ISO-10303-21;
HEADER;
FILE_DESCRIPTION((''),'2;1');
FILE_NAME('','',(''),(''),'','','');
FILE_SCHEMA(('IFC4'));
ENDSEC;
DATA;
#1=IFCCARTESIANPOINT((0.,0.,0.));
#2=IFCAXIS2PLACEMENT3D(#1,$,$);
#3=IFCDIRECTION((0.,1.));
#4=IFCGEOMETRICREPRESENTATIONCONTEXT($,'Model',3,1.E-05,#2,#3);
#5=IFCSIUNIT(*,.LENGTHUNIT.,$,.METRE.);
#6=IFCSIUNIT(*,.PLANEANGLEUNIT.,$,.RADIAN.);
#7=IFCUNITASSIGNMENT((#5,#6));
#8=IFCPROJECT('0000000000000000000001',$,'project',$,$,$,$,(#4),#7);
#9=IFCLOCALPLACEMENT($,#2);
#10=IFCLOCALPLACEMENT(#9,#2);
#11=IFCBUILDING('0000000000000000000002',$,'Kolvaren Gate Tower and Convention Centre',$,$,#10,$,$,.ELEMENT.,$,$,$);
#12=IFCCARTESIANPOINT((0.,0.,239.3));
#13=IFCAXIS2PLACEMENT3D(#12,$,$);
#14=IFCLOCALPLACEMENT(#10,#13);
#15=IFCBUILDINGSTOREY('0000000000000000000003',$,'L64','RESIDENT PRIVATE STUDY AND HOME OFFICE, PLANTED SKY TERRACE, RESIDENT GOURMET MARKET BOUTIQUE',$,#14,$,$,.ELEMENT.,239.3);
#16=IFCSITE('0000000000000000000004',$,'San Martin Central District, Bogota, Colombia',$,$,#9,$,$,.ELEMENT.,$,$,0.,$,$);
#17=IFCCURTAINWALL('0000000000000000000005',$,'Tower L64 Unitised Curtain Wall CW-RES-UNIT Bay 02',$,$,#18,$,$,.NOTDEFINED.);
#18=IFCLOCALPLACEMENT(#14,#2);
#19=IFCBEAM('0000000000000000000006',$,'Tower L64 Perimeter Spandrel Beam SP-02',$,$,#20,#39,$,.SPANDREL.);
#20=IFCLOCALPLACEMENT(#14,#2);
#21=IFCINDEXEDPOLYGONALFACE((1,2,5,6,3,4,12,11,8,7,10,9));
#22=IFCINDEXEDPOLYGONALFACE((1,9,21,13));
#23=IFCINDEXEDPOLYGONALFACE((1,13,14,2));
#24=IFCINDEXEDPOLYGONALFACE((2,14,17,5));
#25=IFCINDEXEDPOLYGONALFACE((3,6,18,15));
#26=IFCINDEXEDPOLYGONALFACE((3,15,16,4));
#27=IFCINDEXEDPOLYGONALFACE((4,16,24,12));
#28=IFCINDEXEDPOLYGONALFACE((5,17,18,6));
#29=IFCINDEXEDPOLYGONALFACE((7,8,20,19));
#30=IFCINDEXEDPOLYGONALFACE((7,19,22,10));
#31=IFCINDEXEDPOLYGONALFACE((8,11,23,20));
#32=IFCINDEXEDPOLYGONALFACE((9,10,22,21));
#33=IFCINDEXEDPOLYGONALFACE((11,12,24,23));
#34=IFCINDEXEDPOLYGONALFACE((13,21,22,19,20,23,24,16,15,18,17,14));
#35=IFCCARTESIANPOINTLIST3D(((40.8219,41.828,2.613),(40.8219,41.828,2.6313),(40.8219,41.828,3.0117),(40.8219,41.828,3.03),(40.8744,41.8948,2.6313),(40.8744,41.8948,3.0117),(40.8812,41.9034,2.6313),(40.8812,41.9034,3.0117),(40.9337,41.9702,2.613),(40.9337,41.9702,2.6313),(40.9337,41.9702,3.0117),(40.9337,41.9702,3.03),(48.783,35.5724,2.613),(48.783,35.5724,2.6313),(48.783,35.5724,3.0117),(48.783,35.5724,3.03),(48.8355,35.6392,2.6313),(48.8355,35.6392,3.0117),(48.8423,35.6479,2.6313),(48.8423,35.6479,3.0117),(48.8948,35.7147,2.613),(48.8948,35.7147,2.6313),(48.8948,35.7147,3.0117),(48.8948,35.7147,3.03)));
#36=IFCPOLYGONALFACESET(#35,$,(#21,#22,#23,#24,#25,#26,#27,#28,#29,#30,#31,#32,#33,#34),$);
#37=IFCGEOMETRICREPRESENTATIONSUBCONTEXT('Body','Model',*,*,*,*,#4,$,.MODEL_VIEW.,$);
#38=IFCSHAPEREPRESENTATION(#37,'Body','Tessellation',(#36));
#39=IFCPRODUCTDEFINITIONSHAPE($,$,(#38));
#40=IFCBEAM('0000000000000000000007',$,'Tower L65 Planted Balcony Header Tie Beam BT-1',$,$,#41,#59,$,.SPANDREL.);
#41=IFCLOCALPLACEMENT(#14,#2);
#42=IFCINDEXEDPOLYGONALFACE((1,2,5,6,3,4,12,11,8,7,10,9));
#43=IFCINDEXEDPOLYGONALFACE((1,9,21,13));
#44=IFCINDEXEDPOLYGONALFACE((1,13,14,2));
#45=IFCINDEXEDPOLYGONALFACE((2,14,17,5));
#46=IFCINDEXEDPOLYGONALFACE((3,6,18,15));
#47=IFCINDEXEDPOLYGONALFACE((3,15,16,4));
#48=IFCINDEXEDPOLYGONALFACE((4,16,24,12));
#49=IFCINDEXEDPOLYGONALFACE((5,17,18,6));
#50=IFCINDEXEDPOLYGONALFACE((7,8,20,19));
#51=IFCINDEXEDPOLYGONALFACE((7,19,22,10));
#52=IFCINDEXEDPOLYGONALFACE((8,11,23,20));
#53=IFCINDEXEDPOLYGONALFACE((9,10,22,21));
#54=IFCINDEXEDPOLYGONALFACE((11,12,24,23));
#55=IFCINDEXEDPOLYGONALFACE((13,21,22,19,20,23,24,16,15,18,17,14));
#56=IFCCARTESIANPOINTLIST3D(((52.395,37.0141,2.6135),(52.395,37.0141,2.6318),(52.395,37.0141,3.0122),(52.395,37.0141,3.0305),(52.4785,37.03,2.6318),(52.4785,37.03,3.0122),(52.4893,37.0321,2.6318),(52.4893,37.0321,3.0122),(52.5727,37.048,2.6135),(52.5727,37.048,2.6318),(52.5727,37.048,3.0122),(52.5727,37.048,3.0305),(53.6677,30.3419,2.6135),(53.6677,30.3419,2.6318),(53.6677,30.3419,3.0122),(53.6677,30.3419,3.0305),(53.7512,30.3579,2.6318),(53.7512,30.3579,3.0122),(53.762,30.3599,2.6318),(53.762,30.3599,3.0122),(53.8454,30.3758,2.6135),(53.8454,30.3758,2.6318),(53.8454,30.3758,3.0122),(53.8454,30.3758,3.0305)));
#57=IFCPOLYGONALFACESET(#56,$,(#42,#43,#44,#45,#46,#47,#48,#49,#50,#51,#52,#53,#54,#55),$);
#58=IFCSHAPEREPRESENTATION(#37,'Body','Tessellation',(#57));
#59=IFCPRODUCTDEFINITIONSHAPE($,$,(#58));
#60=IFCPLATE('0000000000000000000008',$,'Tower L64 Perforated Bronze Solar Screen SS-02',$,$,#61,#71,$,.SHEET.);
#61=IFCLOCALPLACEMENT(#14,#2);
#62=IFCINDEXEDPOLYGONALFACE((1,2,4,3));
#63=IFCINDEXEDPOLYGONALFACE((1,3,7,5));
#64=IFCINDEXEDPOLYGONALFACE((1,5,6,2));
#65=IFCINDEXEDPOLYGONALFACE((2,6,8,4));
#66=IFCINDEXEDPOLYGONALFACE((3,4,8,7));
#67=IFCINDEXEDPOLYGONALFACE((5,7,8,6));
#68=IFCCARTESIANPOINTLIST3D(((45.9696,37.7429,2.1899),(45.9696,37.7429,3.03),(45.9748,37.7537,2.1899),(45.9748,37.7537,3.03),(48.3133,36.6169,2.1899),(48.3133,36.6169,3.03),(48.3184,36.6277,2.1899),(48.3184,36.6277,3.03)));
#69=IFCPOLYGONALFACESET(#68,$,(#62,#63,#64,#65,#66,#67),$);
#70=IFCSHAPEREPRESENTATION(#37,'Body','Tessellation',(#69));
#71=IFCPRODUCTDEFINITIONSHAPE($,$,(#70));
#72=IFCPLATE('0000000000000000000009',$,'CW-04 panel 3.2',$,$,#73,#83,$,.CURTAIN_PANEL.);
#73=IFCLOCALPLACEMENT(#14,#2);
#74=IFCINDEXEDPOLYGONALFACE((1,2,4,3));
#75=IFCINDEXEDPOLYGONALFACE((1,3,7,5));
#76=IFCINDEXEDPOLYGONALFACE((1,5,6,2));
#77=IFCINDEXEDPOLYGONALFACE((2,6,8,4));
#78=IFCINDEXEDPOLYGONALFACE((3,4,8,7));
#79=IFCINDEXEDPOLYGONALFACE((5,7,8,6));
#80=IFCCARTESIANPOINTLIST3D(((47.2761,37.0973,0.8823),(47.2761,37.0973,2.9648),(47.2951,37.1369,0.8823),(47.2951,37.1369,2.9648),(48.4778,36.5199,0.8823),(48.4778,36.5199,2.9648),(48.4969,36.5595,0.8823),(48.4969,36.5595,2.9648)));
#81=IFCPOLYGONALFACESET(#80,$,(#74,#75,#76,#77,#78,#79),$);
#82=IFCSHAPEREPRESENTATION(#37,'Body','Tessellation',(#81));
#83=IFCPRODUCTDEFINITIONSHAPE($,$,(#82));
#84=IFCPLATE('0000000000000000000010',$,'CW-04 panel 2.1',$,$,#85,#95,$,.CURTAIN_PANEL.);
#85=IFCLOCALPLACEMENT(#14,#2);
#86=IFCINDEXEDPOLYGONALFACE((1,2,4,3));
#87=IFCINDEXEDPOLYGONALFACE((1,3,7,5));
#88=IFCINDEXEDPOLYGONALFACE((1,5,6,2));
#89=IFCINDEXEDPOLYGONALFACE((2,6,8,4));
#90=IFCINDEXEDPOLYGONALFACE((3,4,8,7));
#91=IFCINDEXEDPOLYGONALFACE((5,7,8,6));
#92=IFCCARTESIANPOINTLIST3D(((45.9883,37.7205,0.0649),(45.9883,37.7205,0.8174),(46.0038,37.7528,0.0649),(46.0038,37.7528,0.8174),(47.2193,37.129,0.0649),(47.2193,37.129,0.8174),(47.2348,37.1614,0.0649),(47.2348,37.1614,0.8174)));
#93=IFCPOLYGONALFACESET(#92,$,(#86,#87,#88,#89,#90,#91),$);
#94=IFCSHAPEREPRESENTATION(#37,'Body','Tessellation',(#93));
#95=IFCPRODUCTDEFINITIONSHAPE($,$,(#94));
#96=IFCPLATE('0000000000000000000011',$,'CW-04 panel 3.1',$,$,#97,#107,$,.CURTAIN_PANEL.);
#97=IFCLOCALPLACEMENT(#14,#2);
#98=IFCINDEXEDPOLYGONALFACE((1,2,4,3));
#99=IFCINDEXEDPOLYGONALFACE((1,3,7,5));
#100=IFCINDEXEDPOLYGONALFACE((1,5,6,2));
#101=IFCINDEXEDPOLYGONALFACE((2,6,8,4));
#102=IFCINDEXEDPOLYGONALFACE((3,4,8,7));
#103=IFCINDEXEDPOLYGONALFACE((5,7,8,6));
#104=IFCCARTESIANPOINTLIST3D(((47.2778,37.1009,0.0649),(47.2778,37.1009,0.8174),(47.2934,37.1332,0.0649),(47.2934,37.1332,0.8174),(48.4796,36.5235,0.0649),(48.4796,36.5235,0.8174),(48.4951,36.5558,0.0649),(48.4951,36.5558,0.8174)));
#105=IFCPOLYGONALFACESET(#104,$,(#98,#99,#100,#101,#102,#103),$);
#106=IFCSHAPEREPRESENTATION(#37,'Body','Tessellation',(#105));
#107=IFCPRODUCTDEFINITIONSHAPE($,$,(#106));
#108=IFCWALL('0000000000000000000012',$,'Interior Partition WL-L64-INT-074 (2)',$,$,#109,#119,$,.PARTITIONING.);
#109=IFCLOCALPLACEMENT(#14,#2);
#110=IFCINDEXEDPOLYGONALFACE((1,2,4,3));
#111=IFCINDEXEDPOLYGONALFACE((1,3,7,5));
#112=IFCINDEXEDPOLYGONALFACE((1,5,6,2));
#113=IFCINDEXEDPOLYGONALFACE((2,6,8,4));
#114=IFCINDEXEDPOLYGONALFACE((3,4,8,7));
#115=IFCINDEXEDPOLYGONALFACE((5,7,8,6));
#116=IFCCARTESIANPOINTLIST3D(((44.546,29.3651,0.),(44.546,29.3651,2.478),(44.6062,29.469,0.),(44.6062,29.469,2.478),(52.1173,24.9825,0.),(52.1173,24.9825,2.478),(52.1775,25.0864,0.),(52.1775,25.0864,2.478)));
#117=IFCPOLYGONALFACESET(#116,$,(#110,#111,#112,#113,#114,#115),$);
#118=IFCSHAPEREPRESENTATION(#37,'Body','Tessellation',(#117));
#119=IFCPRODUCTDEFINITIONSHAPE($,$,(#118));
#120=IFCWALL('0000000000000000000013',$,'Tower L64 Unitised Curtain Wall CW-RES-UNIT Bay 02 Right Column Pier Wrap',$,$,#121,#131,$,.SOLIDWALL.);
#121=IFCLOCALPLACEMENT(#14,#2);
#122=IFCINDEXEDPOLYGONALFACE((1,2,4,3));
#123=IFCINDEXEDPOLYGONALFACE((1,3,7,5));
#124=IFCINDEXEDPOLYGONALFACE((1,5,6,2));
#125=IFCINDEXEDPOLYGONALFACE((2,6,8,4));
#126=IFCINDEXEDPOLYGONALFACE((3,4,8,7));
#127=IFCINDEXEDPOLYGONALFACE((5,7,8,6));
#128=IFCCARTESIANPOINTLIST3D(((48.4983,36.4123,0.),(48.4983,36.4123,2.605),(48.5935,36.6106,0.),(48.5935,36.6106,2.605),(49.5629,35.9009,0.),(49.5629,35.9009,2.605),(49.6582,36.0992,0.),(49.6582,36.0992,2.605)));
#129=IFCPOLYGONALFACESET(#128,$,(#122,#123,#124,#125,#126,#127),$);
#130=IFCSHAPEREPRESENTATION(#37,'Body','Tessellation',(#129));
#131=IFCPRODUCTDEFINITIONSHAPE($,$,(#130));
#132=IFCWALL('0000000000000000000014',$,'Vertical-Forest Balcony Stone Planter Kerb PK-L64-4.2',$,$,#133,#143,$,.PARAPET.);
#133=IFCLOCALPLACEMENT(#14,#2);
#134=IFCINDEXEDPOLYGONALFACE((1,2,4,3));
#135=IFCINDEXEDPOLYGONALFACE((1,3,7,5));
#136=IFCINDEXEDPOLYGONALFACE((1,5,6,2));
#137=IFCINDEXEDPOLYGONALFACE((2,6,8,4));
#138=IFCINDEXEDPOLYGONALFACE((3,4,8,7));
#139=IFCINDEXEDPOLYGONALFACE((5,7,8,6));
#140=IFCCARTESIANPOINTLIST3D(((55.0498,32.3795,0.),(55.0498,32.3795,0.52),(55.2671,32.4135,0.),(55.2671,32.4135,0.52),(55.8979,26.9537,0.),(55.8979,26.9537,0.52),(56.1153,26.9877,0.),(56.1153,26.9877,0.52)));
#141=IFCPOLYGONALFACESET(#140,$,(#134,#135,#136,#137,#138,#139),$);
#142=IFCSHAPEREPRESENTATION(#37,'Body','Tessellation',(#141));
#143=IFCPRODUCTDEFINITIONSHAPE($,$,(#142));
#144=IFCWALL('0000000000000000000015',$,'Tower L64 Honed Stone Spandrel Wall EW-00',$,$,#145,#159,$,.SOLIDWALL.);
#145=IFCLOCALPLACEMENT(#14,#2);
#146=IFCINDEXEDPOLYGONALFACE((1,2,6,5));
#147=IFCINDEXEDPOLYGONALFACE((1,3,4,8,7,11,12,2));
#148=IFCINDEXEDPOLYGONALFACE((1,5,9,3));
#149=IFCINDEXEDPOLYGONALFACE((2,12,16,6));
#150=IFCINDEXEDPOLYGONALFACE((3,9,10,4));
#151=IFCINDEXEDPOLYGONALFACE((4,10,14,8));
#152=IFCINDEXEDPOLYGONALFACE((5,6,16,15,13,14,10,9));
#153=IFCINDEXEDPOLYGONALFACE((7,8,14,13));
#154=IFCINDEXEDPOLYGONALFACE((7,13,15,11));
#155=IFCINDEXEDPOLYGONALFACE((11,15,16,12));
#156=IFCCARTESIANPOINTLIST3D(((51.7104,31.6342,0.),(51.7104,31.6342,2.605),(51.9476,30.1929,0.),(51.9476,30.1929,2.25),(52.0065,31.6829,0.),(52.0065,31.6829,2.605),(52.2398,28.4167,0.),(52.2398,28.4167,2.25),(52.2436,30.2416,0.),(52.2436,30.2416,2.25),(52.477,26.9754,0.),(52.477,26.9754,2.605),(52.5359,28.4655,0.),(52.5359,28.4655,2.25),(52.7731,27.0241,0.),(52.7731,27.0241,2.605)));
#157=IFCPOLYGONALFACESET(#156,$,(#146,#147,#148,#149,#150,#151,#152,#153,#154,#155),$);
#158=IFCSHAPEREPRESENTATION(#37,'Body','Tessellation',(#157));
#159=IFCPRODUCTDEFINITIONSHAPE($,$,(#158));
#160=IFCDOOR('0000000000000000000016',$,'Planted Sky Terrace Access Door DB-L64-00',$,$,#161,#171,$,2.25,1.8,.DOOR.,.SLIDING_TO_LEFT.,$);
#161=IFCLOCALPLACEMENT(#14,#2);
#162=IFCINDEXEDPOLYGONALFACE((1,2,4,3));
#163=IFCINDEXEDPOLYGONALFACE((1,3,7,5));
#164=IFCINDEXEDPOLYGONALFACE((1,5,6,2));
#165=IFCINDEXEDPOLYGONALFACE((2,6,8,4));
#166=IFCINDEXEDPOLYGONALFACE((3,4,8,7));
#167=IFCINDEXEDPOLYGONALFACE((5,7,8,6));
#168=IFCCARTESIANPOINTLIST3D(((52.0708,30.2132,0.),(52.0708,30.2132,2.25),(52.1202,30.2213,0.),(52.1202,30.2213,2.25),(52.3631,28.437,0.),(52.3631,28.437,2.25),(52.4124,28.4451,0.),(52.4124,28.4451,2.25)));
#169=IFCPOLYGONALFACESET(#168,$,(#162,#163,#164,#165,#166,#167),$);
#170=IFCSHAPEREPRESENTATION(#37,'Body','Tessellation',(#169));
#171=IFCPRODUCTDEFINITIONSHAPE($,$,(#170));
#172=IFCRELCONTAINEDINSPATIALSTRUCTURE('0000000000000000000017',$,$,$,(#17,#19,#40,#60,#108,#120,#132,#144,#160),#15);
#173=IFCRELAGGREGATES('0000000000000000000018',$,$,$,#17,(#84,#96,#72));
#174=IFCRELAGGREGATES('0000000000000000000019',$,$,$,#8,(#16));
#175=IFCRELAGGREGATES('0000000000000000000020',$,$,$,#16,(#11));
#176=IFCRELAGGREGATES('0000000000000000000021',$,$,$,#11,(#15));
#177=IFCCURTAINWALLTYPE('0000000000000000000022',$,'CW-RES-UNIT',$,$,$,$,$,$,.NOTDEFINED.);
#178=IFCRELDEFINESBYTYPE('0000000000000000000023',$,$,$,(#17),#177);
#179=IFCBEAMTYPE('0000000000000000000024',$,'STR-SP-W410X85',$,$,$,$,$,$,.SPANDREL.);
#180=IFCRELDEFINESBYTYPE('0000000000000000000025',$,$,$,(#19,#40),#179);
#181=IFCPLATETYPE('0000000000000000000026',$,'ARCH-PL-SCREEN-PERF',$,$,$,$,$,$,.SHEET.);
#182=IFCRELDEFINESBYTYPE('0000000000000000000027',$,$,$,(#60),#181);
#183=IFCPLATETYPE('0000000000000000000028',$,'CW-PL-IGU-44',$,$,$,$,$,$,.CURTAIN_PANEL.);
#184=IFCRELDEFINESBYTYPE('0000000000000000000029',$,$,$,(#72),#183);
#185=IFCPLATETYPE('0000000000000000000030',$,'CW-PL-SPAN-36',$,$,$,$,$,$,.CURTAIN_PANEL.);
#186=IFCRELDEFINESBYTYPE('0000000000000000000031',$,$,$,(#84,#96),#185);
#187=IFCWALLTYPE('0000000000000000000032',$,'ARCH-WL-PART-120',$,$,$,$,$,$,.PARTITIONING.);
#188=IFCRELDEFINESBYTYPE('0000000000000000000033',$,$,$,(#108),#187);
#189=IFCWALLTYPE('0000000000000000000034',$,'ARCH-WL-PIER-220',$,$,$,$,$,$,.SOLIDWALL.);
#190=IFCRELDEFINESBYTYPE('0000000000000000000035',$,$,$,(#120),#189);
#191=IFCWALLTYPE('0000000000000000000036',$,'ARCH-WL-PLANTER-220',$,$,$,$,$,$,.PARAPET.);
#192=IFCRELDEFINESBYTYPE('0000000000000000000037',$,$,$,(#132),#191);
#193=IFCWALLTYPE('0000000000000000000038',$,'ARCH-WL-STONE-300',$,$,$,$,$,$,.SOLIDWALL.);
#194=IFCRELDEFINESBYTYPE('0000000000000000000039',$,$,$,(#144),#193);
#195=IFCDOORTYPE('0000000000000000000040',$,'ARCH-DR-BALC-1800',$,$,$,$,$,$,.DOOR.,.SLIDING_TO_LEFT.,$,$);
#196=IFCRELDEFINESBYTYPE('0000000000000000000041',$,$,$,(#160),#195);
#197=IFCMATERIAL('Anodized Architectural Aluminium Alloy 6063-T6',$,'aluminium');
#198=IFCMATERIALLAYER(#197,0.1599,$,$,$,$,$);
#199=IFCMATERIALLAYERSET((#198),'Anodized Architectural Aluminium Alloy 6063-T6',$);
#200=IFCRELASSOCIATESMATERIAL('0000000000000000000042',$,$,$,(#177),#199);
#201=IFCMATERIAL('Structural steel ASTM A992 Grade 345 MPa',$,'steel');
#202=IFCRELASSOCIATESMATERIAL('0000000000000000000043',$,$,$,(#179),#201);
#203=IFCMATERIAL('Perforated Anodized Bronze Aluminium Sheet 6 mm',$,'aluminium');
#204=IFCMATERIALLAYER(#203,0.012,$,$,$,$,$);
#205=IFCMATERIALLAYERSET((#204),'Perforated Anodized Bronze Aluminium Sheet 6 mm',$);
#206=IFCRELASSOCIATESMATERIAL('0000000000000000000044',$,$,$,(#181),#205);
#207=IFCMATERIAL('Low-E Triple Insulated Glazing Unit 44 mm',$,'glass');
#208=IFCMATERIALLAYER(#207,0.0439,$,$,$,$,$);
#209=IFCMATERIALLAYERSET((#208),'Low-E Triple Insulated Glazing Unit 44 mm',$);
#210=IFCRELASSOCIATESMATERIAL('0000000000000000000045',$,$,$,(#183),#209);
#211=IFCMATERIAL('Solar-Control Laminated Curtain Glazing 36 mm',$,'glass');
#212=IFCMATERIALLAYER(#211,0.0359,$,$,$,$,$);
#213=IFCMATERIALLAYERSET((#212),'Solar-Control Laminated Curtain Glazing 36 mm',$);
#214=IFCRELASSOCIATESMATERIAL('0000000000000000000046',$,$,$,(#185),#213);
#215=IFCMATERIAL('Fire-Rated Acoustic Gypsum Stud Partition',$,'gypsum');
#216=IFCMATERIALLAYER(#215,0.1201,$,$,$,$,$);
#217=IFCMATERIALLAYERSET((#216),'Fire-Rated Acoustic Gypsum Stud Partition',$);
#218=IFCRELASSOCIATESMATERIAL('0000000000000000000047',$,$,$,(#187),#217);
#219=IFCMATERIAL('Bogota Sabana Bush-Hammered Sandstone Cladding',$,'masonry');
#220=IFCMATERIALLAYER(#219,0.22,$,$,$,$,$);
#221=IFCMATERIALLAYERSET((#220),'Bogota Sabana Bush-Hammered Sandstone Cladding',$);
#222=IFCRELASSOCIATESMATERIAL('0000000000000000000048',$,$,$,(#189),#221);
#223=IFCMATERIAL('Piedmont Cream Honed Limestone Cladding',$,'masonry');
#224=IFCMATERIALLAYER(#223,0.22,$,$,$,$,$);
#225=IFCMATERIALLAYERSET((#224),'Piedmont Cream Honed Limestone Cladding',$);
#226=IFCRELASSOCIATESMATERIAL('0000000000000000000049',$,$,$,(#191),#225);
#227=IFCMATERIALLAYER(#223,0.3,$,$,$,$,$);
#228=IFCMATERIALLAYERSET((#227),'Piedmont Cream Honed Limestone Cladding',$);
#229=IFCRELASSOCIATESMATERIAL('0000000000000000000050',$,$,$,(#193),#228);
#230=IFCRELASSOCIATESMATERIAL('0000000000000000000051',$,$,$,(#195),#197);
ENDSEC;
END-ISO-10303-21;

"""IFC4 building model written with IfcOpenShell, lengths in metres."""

from ifc_helpers import new_model, si_unit, direction, frame, frame_2d, origin, origin_2d, place, context, subcontext, project, spatial, rectangle, i_section, extrude, material, layer, layer_set, material_profile, profile_set, type_object, element, fill, aggregate, save


model = new_model("IFC4")

# Units and contexts
model_context = context("Model", 3, precision=1e-05, world=origin(), true_north=direction((0.0, 1.0)))
body_context = subcontext(model_context, "Body", "Model", "MODEL_VIEW")
ifc_project = project(units=[si_unit("LENGTHUNIT", "METRE"), si_unit("PLANEANGLEUNIT", "RADIAN")], contexts=[model_context])

# Site, building, storey
site_placement = place(None, origin())
site = spatial("IfcSite", under=ifc_project, at=site_placement, Name="San Martin Central District, Bogota, Colombia", CompositionType="ELEMENT", RefElevation=0.0)
building_placement = place(site_placement, origin())
building = spatial("IfcBuilding", under=site, at=building_placement, Name="Kolvaren Gate Tower and Convention Centre", CompositionType="ELEMENT")
storey_placement = place(building_placement, frame((0.0, 0.0, 239.3)))
storey = spatial("IfcBuildingStorey", under=building, at=storey_placement, Name="L64", Description="RESIDENT PRIVATE STUDY AND HOME OFFICE, PLANTED SKY TERRACE, RESIDENT GOURMET MARKET BOUTIQUE", CompositionType="ELEMENT", Elevation=239.3)

# Curtain wall
ifc_material_1 = material(Name="Anodized Architectural Aluminium Alloy 6063-T6", Category="aluminium")
ifc_layer_1 = layer(ifc_material_1, 0.1599)
ifc_layer_set_1 = layer_set([ifc_layer_1], Name="Anodized Architectural Aluminium Alloy 6063-T6")
curtain_wall_type = type_object("IfcCurtainWallType", Name="CW-RES-UNIT", PredefinedType="NOTDEFINED", material=ifc_layer_set_1)
curtain_wall_placement = place(storey_placement, origin())
curtain_wall = element("IfcCurtainWall", 1, at=curtain_wall_placement, inside=storey, type_object=curtain_wall_type, Name="Tower L64 Unitised Curtain Wall CW-RES-UNIT Bay 02", PredefinedType="NOTDEFINED")

# Beams
ifc_material_2 = material(Name="Structural steel ASTM A992 Grade 345 MPa", Category="steel")
ifc_material_profile_1 = material_profile(ifc_material_2, i_section(OverallWidth=0.1809, OverallDepth=0.417, WebThickness=0.011, FlangeThickness=0.0183, at=origin_2d()), Name="W410X85")
ifc_profile_set_1 = profile_set([ifc_material_profile_1], Name="Structural steel ASTM A992 Grade 345 MPa")
beam_type_1 = type_object("IfcBeamType", Name="STR-SP-W410X85", PredefinedType="SPANDREL", material=ifc_profile_set_1)
beam_1_placement = place(storey_placement, frame((48.8389, 35.6436, 2.8215), z_axis=(-0.786299, 0.617846, 0.0), x_axis=(-0.617846, -0.786299, 0.0)))
element("IfcBeam", 2, at=beam_1_placement, inside=storey, type_object=beam_type_1, Name="Tower L64 Perimeter Spandrel Beam SP-02", PredefinedType="SPANDREL", context=body_context, shape_type="SweptSolid", body=[
    extrude(i_section(OverallWidth=0.1809, OverallDepth=0.417, WebThickness=0.011, FlangeThickness=0.0183, at=origin_2d()), origin(), (0.0, 0.0, 1.0), 10.1248),
])
beam_2_placement = place(storey_placement, frame((53.7566, 30.3589, 2.822), z_axis=(-0.187371, 0.982289, 0.0), x_axis=(-0.982289, -0.187371, 0.0)))
element("IfcBeam", 3, at=beam_2_placement, inside=storey, type_object=beam_type_1, Name="Tower L65 Planted Balcony Header Tie Beam BT-1", PredefinedType="SPANDREL", context=body_context, shape_type="SweptSolid", body=[
    extrude(i_section(OverallWidth=0.1809, OverallDepth=0.417, WebThickness=0.011, FlangeThickness=0.0183, at=origin_2d()), origin(), (0.0, 0.0, 1.0), 6.7925),
])

# Plates
ifc_material_3 = material(Name="Perforated Anodized Bronze Aluminium Sheet 6 mm", Category="aluminium")
ifc_layer_2 = layer(ifc_material_3, 0.012)
ifc_layer_set_2 = layer_set([ifc_layer_2], Name="Perforated Anodized Bronze Aluminium Sheet 6 mm")
plate_type_1 = type_object("IfcPlateType", Name="ARCH-PL-SCREEN-PERF", PredefinedType="SHEET", material=ifc_layer_set_2)
plate_1_placement = place(storey_placement, frame((47.144, 37.1853, 2.1899), z_axis=(0.0, 0.0, 1.0), x_axis=(0.901358, -0.433076, 0.0)))
element("IfcPlate", 4, at=plate_1_placement, inside=storey, type_object=plate_type_1, Name="Tower L64 Perforated Bronze Solar Screen SS-02", PredefinedType="SHEET", context=body_context, shape_type="SweptSolid", body=[
    extrude(rectangle(XDim=2.6001, YDim=0.012, at=origin_2d()), origin(), (0.0, 0.0, 1.0), 0.8401),
])
ifc_material_4 = material(Name="Low-E Triple Insulated Glazing Unit 44 mm", Category="glass")
ifc_layer_3 = layer(ifc_material_4, 0.0439)
ifc_layer_set_3 = layer_set([ifc_layer_3], Name="Low-E Triple Insulated Glazing Unit 44 mm")
plate_type_2 = type_object("IfcPlateType", Name="CW-PL-IGU-44", PredefinedType="CURTAIN_PANEL", material=ifc_layer_set_3)
plate_2_placement = place(storey_placement, frame((47.8865, 36.8284, 0.8823), z_axis=(0.0, 0.0, 1.0), x_axis=(0.901353, -0.433086, 0.0)))
plate_2 = element("IfcPlate", 5, at=plate_2_placement, type_object=plate_type_2, Name="CW-04 panel 3.2", PredefinedType="CURTAIN_PANEL", context=body_context, shape_type="SweptSolid", body=[
    extrude(rectangle(XDim=1.3333, YDim=0.0439, at=origin_2d()), origin(), (0.0, 0.0, 1.0), 2.0825),
])
ifc_material_5 = material(Name="Solar-Control Laminated Curtain Glazing 36 mm", Category="glass")
ifc_layer_4 = layer(ifc_material_5, 0.0359)
ifc_layer_set_4 = layer_set([ifc_layer_4], Name="Solar-Control Laminated Curtain Glazing 36 mm")
plate_type_3 = type_object("IfcPlateType", Name="CW-PL-SPAN-36", PredefinedType="CURTAIN_PANEL", material=ifc_layer_set_4)
plate_3_placement = place(storey_placement, frame((46.6116, 37.4409, 0.0649), z_axis=(0.0, 0.0, 1.0), x_axis=(0.901353, -0.433086, 0.0)))
plate_3 = element("IfcPlate", 6, at=plate_3_placement, type_object=plate_type_3, Name="CW-04 panel 2.1", PredefinedType="CURTAIN_PANEL", context=body_context, shape_type="SweptSolid", body=[
    extrude(rectangle(XDim=1.3657, YDim=0.0359, at=origin_2d()), origin(), (0.0, 0.0, 1.0), 0.7524),
])
plate_4_placement = place(storey_placement, frame((47.8865, 36.8284, 0.0649), z_axis=(0.0, 0.0, 1.0), x_axis=(0.901353, -0.433086, 0.0)))
plate_4 = element("IfcPlate", 7, at=plate_4_placement, type_object=plate_type_3, Name="CW-04 panel 3.1", PredefinedType="CURTAIN_PANEL", context=body_context, shape_type="SweptSolid", body=[
    extrude(rectangle(XDim=1.3333, YDim=0.0359, at=origin_2d()), origin(), (0.0, 0.0, 1.0), 0.7524),
])
aggregate(curtain_wall, [plate_3, plate_4, plate_2])

# Walls
ifc_material_6 = material(Name="Fire-Rated Acoustic Gypsum Stud Partition", Category="gypsum")
ifc_layer_5 = layer(ifc_material_6, 0.1201)
ifc_layer_set_5 = layer_set([ifc_layer_5], Name="Fire-Rated Acoustic Gypsum Stud Partition")
wall_type_1 = type_object("IfcWallType", Name="ARCH-WL-PART-120", PredefinedType="PARTITIONING", material=ifc_layer_set_5)
wall_1_placement = place(storey_placement, frame((44.5762, 29.417, 0.0), z_axis=(0.0, 0.0, 1.0), x_axis=(0.865466, -0.500967, 0.0)))
element("IfcWall", 8, at=wall_1_placement, inside=storey, type_object=wall_type_1, Name="Interior Partition WL-L64-INT-074 (2)", PredefinedType="PARTITIONING", context=body_context, shape_type="SweptSolid", body=[
    extrude(rectangle(XDim=8.7483, YDim=0.1201, at=frame_2d((4.374, 0.0))), origin(), (0.0, 0.0, 1.0), 2.478),
])
ifc_material_7 = material(Name="Bogota Sabana Bush-Hammered Sandstone Cladding", Category="masonry")
ifc_layer_6 = layer(ifc_material_7, 0.22)
ifc_layer_set_6 = layer_set([ifc_layer_6], Name="Bogota Sabana Bush-Hammered Sandstone Cladding")
wall_type_2 = type_object("IfcWallType", Name="ARCH-WL-PIER-220", PredefinedType="SOLIDWALL", material=ifc_layer_set_6)
wall_2_placement = place(storey_placement, frame((48.5459, 36.5115, 0.0), z_axis=(0.0, 0.0, 1.0), x_axis=(0.901384, -0.43302, 0.0)))
element("IfcWall", 9, at=wall_2_placement, inside=storey, type_object=wall_type_2, Name="Tower L64 Unitised Curtain Wall CW-RES-UNIT Bay 02 Right Column Pier Wrap", PredefinedType="SOLIDWALL", context=body_context, shape_type="SweptSolid", body=[
    extrude(rectangle(XDim=1.1812, YDim=0.22, at=frame_2d((0.5906, 0.0))), origin(), (0.0, 0.0, 1.0), 2.605),
])
ifc_material_8 = material(Name="Piedmont Cream Honed Limestone Cladding", Category="masonry")
ifc_layer_7 = layer(ifc_material_8, 0.22)
ifc_layer_set_7 = layer_set([ifc_layer_7], Name="Piedmont Cream Honed Limestone Cladding")
wall_type_3 = type_object("IfcWallType", Name="ARCH-WL-PLANTER-220", PredefinedType="PARAPET", material=ifc_layer_set_7)
wall_3_placement = place(storey_placement, frame((55.1584, 32.3965, 0.0), z_axis=(0.0, 0.0, 1.0), x_axis=(0.154442, -0.988002, 0.0)))
element("IfcWall", 10, at=wall_3_placement, inside=storey, type_object=wall_type_3, Name="Vertical-Forest Balcony Stone Planter Kerb PK-L64-4.2", PredefinedType="PARAPET", context=body_context, shape_type="SweptSolid", body=[
    extrude(rectangle(XDim=5.4917, YDim=0.22, at=frame_2d((2.7458, 0.0))), origin(), (0.0, 0.0, 1.0), 0.52),
])

# Wall, opening, door
ifc_layer_8 = layer(ifc_material_8, 0.3)
ifc_layer_set_8 = layer_set([ifc_layer_8], Name="Piedmont Cream Honed Limestone Cladding")
wall_type_4 = type_object("IfcWallType", Name="ARCH-WL-STONE-300", PredefinedType="SOLIDWALL", material=ifc_layer_set_8)
wall_4_placement = place(storey_placement, frame((51.8584, 31.6587, 0.0), z_axis=(0.0, 0.0, 1.0), x_axis=(0.162369, -0.98673, 0.0)))
wall_4 = element("IfcWall", 11, at=wall_4_placement, inside=storey, type_object=wall_type_4, Name="Tower L64 Honed Stone Spandrel Wall EW-00", PredefinedType="SOLIDWALL", context=body_context, shape_type="SweptSolid", body=[
    extrude(rectangle(XDim=4.7214, YDim=0.3, at=frame_2d((2.3608, 0.0))), origin(), (0.0, 0.0, 1.0), 2.605),
])
opening_1_placement = place(wall_4_placement, frame((1.4609, 0.0, 0.0)))
opening_1 = element("IfcOpeningElement", 12, at=opening_1_placement, cuts=wall_4, PredefinedType="OPENING", context=body_context, shape_type="SweptSolid", body=[
    extrude(rectangle(XDim=1.8, YDim=2.25, at=frame_2d((0.8999, 1.125))), frame((0.0, 0.1599, 0.0), z_axis=(0.0, -1.0, 0.0), x_axis=(1.0, 0.0, 0.0)), (0.0, 0.0, 1.0), 0.3201),
])
door_type = type_object("IfcDoorType", Name="ARCH-DR-BALC-1800", OperationType="SLIDING_TO_LEFT", PredefinedType="DOOR", material=ifc_material_1)
door_placement = place(opening_1_placement, origin())
door = element("IfcDoor", 13, at=door_placement, inside=storey, type_object=door_type, Name="Planted Sky Terrace Access Door DB-L64-00", OperationType="SLIDING_TO_LEFT", OverallHeight=2.25, OverallWidth=1.8, PredefinedType="DOOR", context=body_context, shape_type="SweptSolid", body=[
    extrude(rectangle(XDim=1.8, YDim=2.25, at=frame_2d((0.8999, 1.125))), frame((0.0, 0.0249, 0.0), z_axis=(0.0, -1.0, 0.0), x_axis=(1.0, 0.0, 0.0)), (0.0, 0.0, 1.0), 0.05),
])
fill(opening_1, door)

save(model, "model.ifc")
